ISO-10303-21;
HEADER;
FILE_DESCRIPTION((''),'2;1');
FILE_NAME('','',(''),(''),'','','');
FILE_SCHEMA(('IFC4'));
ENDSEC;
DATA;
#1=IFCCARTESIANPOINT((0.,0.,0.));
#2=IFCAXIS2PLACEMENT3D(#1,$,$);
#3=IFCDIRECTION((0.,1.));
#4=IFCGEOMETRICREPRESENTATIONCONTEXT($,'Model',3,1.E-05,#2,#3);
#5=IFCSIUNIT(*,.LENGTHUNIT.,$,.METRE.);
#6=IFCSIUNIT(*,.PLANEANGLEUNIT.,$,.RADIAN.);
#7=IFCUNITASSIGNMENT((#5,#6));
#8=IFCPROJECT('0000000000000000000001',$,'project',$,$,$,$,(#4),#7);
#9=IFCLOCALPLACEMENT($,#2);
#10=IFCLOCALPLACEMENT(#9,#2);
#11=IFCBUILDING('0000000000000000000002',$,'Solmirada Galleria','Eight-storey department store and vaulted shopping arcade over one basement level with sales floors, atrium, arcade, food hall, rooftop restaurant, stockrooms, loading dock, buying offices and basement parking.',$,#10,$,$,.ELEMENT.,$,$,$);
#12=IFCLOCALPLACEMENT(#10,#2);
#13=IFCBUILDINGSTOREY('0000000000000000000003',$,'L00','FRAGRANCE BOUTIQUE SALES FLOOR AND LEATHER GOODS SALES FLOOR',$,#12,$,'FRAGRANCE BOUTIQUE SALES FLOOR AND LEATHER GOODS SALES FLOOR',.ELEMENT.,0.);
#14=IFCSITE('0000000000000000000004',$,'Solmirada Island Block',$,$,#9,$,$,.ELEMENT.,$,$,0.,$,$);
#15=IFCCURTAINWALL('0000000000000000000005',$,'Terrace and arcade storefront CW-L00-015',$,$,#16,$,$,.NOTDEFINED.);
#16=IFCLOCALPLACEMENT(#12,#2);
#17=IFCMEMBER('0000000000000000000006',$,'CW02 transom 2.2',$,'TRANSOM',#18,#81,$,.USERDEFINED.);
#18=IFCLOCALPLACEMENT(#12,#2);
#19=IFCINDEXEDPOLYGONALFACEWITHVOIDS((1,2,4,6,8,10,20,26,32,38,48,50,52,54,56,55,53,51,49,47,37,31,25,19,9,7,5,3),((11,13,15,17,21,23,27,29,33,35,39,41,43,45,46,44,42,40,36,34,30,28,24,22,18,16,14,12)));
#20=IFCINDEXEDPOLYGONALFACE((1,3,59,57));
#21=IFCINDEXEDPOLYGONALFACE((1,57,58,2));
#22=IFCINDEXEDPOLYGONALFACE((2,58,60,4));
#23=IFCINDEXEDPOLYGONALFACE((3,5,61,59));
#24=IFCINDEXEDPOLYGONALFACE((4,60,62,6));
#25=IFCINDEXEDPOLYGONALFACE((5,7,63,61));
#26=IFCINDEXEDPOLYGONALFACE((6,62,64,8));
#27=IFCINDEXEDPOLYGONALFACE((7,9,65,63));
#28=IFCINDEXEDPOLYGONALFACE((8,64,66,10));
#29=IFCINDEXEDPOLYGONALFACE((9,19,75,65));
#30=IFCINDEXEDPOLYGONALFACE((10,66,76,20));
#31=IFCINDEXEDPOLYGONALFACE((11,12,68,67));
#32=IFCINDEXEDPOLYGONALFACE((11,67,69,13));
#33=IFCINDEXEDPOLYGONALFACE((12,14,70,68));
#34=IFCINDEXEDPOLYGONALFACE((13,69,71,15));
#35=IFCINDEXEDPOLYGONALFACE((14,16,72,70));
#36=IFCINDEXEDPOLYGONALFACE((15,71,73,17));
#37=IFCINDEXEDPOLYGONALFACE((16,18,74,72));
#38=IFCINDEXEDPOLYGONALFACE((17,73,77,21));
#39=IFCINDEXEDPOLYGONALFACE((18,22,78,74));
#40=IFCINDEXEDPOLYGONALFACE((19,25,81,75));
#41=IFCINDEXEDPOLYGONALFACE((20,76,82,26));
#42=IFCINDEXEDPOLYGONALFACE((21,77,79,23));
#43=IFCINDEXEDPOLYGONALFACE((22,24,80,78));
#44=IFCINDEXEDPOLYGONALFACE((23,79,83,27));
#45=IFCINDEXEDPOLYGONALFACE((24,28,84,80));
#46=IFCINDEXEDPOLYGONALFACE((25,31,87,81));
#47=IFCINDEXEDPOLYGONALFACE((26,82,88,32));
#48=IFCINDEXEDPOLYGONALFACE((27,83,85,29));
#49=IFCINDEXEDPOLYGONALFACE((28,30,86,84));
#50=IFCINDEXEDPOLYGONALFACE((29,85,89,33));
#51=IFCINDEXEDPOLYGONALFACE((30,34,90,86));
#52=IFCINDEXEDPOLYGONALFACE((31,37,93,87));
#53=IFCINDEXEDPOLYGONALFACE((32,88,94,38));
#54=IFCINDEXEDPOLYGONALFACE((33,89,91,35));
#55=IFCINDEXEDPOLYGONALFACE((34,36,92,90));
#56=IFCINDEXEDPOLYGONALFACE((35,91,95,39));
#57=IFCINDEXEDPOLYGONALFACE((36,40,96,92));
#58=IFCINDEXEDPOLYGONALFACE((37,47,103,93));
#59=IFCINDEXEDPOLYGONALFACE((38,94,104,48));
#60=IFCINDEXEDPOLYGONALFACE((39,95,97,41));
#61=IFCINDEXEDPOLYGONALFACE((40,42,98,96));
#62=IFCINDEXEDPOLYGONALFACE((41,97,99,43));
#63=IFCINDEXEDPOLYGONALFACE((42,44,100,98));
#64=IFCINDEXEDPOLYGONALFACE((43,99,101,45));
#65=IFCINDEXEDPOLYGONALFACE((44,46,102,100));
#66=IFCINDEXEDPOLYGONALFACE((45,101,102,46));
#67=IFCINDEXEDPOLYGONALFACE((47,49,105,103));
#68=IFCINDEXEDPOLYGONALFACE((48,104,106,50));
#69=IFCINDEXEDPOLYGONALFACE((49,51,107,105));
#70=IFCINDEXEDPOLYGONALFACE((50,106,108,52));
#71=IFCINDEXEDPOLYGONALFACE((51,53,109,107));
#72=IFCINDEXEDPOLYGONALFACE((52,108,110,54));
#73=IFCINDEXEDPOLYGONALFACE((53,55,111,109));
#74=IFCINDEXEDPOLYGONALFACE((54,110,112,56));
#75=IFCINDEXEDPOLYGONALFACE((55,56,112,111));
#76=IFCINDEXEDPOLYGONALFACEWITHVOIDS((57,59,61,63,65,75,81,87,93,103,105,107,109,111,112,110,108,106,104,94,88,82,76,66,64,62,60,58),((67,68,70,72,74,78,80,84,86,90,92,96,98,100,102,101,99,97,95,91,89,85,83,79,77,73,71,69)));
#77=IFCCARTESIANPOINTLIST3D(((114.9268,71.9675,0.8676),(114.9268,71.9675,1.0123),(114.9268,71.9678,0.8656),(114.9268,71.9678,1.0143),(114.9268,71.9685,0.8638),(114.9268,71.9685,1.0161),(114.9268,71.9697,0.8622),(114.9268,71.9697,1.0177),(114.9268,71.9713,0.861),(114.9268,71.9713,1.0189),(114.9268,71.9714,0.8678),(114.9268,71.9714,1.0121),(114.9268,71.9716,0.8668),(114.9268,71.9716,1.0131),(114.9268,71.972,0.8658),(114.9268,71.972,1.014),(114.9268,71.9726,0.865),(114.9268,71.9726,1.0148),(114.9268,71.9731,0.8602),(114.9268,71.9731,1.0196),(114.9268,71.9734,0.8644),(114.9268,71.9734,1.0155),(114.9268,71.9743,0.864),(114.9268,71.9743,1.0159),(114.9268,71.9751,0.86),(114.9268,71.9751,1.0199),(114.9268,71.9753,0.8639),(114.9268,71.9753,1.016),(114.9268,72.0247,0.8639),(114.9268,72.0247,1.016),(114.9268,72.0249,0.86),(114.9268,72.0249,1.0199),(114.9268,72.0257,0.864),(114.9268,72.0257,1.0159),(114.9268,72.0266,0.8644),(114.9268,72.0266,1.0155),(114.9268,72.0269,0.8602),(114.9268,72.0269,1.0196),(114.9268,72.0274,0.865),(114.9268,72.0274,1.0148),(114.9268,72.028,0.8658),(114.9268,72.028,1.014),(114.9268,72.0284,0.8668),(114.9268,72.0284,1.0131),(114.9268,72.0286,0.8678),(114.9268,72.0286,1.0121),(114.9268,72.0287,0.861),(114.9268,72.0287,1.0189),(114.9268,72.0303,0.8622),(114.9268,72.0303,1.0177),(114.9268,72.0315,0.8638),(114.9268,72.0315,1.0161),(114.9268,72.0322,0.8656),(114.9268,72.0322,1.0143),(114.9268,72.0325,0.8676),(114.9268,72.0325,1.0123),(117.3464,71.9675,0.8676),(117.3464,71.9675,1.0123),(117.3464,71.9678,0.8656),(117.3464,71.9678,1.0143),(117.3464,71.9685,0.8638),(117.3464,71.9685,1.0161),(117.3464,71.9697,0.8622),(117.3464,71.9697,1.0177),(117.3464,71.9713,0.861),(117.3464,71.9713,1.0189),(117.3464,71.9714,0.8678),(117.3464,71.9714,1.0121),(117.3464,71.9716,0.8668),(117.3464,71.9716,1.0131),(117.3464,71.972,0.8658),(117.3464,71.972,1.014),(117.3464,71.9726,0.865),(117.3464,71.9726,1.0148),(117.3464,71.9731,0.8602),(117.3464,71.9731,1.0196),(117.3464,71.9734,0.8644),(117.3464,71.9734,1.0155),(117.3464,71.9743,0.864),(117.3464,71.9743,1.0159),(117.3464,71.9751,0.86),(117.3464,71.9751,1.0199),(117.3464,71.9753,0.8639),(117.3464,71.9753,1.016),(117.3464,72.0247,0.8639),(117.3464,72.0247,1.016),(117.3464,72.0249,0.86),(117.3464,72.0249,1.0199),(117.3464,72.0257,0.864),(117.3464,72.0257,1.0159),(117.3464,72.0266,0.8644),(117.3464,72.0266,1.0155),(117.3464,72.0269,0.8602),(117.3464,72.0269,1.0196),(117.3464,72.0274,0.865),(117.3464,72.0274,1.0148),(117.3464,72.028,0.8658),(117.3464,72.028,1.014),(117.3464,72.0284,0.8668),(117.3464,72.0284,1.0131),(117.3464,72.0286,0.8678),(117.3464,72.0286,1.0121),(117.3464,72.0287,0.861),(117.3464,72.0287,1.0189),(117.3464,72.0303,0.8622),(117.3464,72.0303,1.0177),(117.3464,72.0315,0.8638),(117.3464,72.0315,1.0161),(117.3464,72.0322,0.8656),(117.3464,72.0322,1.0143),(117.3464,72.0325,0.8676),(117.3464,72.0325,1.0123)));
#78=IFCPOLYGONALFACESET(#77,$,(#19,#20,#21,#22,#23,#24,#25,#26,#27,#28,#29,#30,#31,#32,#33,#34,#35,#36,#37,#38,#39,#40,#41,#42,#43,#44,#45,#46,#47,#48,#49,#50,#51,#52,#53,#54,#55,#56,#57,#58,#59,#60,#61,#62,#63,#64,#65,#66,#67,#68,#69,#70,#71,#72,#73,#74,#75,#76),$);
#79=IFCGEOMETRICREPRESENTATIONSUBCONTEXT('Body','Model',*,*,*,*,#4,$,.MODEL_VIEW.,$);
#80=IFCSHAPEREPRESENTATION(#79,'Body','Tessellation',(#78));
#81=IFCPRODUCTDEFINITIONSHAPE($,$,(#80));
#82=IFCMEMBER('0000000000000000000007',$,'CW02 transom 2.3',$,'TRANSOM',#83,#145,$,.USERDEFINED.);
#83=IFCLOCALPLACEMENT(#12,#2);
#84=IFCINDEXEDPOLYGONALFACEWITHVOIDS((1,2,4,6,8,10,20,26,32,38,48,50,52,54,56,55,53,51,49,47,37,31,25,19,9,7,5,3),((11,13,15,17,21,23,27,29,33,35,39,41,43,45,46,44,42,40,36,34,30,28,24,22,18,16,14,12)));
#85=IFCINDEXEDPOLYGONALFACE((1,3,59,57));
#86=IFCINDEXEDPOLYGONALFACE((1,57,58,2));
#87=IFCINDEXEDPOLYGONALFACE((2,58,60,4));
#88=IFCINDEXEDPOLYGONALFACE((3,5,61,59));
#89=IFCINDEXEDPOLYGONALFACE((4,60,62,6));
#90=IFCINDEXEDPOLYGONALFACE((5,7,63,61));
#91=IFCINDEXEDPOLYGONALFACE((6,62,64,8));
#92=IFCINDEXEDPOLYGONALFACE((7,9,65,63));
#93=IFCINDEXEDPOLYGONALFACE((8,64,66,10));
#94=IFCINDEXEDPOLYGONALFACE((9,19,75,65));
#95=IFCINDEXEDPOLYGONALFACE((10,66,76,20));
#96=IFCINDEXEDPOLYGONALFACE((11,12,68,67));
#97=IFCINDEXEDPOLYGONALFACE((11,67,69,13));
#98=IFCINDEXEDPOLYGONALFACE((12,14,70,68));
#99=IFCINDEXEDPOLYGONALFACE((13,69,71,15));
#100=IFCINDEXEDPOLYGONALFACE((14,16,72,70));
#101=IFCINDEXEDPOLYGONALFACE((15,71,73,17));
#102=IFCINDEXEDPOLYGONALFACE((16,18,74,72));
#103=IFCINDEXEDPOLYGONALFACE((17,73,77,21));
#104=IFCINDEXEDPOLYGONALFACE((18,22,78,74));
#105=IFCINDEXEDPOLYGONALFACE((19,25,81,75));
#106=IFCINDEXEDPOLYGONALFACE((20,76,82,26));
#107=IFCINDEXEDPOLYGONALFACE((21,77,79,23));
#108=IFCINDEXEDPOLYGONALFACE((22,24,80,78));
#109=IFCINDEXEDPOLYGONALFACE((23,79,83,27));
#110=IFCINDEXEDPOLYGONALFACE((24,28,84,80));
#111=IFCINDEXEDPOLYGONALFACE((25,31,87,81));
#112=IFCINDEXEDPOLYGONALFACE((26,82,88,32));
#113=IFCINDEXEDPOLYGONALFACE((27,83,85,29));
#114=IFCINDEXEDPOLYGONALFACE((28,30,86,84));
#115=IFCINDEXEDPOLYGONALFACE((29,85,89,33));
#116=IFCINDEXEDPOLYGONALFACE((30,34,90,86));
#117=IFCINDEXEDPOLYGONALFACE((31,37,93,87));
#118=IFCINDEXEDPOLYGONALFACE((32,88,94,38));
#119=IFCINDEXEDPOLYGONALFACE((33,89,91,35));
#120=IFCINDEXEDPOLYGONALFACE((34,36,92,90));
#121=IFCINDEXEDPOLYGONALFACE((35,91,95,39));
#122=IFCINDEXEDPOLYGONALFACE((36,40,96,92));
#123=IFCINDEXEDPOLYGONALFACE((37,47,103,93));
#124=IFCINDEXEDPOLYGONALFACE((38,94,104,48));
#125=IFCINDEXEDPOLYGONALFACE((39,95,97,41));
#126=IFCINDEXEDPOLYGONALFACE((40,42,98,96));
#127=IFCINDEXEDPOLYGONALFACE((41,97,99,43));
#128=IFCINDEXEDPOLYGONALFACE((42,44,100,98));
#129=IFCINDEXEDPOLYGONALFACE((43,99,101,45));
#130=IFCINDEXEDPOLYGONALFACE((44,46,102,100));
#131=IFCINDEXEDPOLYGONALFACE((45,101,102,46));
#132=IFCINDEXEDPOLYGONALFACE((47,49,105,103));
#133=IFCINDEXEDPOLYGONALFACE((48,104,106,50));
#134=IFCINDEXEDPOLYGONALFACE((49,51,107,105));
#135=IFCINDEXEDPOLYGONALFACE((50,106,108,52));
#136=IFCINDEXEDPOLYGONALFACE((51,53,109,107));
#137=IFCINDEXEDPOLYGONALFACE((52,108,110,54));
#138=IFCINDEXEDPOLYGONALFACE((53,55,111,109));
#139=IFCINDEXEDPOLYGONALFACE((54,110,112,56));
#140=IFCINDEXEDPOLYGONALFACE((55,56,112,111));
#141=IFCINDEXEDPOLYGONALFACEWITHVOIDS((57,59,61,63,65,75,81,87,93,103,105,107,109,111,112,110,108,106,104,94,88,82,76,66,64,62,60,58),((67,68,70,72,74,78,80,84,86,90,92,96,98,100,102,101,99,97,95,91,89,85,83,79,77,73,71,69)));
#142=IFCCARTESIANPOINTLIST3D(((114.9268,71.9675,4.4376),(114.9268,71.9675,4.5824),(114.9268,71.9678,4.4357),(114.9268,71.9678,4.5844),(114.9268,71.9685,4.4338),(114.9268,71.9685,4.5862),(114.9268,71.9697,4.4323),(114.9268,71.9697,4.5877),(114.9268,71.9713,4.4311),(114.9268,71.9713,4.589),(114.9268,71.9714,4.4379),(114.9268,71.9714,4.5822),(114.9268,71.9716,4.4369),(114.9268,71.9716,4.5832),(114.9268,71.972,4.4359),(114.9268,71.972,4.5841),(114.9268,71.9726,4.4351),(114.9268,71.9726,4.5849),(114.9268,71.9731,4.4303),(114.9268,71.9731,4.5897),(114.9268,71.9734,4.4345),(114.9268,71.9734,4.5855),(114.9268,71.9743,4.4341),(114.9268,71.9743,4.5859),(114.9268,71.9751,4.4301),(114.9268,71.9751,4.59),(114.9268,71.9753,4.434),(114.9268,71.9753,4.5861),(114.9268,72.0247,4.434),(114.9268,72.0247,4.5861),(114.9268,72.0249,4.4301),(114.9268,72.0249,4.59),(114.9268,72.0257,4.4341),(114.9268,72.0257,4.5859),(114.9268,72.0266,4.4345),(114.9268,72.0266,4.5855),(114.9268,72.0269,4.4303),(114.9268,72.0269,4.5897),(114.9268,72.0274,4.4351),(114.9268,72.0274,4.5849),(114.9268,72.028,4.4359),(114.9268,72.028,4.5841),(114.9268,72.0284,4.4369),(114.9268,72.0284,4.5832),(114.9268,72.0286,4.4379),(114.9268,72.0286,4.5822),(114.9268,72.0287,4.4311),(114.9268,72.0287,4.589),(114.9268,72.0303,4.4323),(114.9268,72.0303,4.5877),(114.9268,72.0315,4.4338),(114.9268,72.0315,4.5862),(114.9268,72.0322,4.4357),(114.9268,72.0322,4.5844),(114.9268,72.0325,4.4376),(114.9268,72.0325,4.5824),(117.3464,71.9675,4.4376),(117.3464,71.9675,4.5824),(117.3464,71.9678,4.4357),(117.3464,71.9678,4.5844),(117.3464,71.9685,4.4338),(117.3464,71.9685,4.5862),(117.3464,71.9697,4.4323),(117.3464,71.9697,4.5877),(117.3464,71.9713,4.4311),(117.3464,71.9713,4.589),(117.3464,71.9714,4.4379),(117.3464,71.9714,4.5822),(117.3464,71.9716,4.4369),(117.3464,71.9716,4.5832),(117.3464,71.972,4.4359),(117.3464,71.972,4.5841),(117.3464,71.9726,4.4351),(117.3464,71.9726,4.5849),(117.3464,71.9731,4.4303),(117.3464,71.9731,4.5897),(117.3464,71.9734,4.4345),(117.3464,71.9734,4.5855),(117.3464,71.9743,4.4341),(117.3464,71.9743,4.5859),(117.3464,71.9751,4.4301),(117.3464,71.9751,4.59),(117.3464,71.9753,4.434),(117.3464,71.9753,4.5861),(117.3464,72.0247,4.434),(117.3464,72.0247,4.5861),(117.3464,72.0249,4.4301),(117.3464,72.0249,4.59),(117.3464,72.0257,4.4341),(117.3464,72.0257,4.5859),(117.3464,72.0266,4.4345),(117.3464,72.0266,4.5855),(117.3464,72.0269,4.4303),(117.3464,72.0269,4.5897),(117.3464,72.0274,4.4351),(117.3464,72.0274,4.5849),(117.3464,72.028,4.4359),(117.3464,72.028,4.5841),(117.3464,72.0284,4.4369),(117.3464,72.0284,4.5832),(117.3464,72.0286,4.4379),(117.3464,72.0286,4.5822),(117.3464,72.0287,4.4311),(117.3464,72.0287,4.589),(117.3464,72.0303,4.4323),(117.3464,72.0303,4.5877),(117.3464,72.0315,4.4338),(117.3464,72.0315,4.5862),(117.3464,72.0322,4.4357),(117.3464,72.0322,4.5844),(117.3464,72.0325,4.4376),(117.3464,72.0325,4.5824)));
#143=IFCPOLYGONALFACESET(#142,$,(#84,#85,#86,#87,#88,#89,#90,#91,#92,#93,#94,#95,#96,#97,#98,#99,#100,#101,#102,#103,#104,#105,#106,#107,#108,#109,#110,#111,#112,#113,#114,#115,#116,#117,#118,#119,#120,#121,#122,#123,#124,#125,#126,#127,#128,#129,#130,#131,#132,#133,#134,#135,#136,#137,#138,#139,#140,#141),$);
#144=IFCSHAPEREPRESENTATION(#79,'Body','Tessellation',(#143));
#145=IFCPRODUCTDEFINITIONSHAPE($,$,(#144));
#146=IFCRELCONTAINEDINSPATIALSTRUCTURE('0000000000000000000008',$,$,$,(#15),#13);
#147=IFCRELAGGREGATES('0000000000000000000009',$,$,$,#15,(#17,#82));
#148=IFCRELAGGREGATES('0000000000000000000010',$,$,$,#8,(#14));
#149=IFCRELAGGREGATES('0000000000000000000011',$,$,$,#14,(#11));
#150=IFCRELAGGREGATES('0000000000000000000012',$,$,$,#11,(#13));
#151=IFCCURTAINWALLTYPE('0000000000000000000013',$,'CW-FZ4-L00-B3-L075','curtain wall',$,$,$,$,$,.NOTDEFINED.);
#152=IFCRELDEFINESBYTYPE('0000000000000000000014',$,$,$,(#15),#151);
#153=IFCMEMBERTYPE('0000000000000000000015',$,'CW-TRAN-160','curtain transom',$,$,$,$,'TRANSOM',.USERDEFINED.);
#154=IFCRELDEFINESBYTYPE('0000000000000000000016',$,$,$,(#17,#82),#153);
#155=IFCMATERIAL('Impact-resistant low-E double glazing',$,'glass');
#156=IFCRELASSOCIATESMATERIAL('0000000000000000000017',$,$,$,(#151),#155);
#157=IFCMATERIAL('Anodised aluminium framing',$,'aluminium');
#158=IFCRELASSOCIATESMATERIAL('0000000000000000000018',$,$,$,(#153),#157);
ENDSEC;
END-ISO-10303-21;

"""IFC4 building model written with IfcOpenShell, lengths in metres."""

from ifc_helpers import new_model, si_unit, direction, frame, origin, origin_2d, place, context, subcontext, project, spatial, hollow_rectangle, extrude, material, material_profile, profile_set, type_object, element, aggregate, save


model = new_model("IFC4")

# Units and contexts
model_context = context("Model", 3, precision=1e-05, world=origin(), true_north=direction((0.0, 1.0)))
body_context = subcontext(model_context, "Body", "Model", "MODEL_VIEW")
ifc_project = project(units=[si_unit("LENGTHUNIT", "METRE"), si_unit("PLANEANGLEUNIT", "RADIAN")], contexts=[model_context])

# Site, building, storey
site_placement = place(None, origin())
site = spatial("IfcSite", under=ifc_project, at=site_placement, Name="Solmirada Island Block", CompositionType="ELEMENT", RefElevation=0.0)
building_placement = place(site_placement, origin())
building = spatial("IfcBuilding", under=site, at=building_placement, Name="Solmirada Galleria", Description="Eight-storey department store and vaulted shopping arcade over one basement level with sales floors, atrium, arcade, food hall, rooftop restaurant, stockrooms, loading dock, buying offices and basement parking.", CompositionType="ELEMENT")
storey_placement = place(building_placement, origin())
storey = spatial("IfcBuildingStorey", under=building, at=storey_placement, Name="L00", Description="FRAGRANCE BOUTIQUE SALES FLOOR AND LEATHER GOODS SALES FLOOR", LongName="FRAGRANCE BOUTIQUE SALES FLOOR AND LEATHER GOODS SALES FLOOR", CompositionType="ELEMENT", Elevation=0.0)

# Curtain wall
ifc_material_1 = material(Name="Impact-resistant low-E double glazing", Category="glass")
curtain_wall_type_1 = type_object("IfcCurtainWallType", Name="CW-FZ4-L00-B3-L075", Description="curtain wall", PredefinedType="NOTDEFINED", material=ifc_material_1)
curtain_wall_1_placement = place(storey_placement, origin())
curtain_wall_1 = element("IfcCurtainWall", 1, at=curtain_wall_1_placement, inside=storey, type_object=curtain_wall_type_1, Name="Terrace and arcade storefront CW-L00-015", PredefinedType="NOTDEFINED")
ifc_material_2 = material(Name="Anodised aluminium framing", Category="aluminium")

# Members
ifc_material_profile_1 = material_profile(ifc_material_2, hollow_rectangle(XDim=0.0649, YDim=0.1599, WallThickness=0.0039, InnerFilletRadius=0.0039, OuterFilletRadius=0.0076, at=origin_2d()), Name="ALU-TRAN-160X65")
ifc_profile_set_1 = profile_set([ifc_material_profile_1], Name="Anodised aluminium framing")
member_type_1 = type_object("IfcMemberType", Name="CW-TRAN-160", Description="curtain transom", ElementType="TRANSOM", PredefinedType="USERDEFINED", material=ifc_profile_set_1)
member_1_placement = place(storey_placement, frame((117.3464, 72.0, 0.9399), z_axis=(-1.0, 0.0, 0.0), x_axis=(0.0, -1.0, 0.0)))
member_1 = element("IfcMember", 2, at=member_1_placement, type_object=member_type_1, Name="CW02 transom 2.2", ObjectType="TRANSOM", PredefinedType="USERDEFINED", context=body_context, shape_type="SweptSolid", body=[
    extrude(hollow_rectangle(XDim=0.0649, YDim=0.1599, WallThickness=0.0039, InnerFilletRadius=0.0039, OuterFilletRadius=0.0076, at=origin_2d()), origin(), (0.0, 0.0, 1.0), 2.4197),
])
member_2_placement = place(storey_placement, frame((117.3464, 72.0, 4.51), z_axis=(-1.0, 0.0, 0.0), x_axis=(0.0, -1.0, 0.0)))
member_2 = element("IfcMember", 3, at=member_2_placement, type_object=member_type_1, Name="CW02 transom 2.3", ObjectType="TRANSOM", PredefinedType="USERDEFINED", context=body_context, shape_type="SweptSolid", body=[
    extrude(hollow_rectangle(XDim=0.0649, YDim=0.1599, WallThickness=0.0039, InnerFilletRadius=0.0039, OuterFilletRadius=0.0076, at=origin_2d()), origin(), (0.0, 0.0, 1.0), 2.4197),
])

aggregate(curtain_wall_1, [member_1, member_2])

save(model, "model.ifc")
